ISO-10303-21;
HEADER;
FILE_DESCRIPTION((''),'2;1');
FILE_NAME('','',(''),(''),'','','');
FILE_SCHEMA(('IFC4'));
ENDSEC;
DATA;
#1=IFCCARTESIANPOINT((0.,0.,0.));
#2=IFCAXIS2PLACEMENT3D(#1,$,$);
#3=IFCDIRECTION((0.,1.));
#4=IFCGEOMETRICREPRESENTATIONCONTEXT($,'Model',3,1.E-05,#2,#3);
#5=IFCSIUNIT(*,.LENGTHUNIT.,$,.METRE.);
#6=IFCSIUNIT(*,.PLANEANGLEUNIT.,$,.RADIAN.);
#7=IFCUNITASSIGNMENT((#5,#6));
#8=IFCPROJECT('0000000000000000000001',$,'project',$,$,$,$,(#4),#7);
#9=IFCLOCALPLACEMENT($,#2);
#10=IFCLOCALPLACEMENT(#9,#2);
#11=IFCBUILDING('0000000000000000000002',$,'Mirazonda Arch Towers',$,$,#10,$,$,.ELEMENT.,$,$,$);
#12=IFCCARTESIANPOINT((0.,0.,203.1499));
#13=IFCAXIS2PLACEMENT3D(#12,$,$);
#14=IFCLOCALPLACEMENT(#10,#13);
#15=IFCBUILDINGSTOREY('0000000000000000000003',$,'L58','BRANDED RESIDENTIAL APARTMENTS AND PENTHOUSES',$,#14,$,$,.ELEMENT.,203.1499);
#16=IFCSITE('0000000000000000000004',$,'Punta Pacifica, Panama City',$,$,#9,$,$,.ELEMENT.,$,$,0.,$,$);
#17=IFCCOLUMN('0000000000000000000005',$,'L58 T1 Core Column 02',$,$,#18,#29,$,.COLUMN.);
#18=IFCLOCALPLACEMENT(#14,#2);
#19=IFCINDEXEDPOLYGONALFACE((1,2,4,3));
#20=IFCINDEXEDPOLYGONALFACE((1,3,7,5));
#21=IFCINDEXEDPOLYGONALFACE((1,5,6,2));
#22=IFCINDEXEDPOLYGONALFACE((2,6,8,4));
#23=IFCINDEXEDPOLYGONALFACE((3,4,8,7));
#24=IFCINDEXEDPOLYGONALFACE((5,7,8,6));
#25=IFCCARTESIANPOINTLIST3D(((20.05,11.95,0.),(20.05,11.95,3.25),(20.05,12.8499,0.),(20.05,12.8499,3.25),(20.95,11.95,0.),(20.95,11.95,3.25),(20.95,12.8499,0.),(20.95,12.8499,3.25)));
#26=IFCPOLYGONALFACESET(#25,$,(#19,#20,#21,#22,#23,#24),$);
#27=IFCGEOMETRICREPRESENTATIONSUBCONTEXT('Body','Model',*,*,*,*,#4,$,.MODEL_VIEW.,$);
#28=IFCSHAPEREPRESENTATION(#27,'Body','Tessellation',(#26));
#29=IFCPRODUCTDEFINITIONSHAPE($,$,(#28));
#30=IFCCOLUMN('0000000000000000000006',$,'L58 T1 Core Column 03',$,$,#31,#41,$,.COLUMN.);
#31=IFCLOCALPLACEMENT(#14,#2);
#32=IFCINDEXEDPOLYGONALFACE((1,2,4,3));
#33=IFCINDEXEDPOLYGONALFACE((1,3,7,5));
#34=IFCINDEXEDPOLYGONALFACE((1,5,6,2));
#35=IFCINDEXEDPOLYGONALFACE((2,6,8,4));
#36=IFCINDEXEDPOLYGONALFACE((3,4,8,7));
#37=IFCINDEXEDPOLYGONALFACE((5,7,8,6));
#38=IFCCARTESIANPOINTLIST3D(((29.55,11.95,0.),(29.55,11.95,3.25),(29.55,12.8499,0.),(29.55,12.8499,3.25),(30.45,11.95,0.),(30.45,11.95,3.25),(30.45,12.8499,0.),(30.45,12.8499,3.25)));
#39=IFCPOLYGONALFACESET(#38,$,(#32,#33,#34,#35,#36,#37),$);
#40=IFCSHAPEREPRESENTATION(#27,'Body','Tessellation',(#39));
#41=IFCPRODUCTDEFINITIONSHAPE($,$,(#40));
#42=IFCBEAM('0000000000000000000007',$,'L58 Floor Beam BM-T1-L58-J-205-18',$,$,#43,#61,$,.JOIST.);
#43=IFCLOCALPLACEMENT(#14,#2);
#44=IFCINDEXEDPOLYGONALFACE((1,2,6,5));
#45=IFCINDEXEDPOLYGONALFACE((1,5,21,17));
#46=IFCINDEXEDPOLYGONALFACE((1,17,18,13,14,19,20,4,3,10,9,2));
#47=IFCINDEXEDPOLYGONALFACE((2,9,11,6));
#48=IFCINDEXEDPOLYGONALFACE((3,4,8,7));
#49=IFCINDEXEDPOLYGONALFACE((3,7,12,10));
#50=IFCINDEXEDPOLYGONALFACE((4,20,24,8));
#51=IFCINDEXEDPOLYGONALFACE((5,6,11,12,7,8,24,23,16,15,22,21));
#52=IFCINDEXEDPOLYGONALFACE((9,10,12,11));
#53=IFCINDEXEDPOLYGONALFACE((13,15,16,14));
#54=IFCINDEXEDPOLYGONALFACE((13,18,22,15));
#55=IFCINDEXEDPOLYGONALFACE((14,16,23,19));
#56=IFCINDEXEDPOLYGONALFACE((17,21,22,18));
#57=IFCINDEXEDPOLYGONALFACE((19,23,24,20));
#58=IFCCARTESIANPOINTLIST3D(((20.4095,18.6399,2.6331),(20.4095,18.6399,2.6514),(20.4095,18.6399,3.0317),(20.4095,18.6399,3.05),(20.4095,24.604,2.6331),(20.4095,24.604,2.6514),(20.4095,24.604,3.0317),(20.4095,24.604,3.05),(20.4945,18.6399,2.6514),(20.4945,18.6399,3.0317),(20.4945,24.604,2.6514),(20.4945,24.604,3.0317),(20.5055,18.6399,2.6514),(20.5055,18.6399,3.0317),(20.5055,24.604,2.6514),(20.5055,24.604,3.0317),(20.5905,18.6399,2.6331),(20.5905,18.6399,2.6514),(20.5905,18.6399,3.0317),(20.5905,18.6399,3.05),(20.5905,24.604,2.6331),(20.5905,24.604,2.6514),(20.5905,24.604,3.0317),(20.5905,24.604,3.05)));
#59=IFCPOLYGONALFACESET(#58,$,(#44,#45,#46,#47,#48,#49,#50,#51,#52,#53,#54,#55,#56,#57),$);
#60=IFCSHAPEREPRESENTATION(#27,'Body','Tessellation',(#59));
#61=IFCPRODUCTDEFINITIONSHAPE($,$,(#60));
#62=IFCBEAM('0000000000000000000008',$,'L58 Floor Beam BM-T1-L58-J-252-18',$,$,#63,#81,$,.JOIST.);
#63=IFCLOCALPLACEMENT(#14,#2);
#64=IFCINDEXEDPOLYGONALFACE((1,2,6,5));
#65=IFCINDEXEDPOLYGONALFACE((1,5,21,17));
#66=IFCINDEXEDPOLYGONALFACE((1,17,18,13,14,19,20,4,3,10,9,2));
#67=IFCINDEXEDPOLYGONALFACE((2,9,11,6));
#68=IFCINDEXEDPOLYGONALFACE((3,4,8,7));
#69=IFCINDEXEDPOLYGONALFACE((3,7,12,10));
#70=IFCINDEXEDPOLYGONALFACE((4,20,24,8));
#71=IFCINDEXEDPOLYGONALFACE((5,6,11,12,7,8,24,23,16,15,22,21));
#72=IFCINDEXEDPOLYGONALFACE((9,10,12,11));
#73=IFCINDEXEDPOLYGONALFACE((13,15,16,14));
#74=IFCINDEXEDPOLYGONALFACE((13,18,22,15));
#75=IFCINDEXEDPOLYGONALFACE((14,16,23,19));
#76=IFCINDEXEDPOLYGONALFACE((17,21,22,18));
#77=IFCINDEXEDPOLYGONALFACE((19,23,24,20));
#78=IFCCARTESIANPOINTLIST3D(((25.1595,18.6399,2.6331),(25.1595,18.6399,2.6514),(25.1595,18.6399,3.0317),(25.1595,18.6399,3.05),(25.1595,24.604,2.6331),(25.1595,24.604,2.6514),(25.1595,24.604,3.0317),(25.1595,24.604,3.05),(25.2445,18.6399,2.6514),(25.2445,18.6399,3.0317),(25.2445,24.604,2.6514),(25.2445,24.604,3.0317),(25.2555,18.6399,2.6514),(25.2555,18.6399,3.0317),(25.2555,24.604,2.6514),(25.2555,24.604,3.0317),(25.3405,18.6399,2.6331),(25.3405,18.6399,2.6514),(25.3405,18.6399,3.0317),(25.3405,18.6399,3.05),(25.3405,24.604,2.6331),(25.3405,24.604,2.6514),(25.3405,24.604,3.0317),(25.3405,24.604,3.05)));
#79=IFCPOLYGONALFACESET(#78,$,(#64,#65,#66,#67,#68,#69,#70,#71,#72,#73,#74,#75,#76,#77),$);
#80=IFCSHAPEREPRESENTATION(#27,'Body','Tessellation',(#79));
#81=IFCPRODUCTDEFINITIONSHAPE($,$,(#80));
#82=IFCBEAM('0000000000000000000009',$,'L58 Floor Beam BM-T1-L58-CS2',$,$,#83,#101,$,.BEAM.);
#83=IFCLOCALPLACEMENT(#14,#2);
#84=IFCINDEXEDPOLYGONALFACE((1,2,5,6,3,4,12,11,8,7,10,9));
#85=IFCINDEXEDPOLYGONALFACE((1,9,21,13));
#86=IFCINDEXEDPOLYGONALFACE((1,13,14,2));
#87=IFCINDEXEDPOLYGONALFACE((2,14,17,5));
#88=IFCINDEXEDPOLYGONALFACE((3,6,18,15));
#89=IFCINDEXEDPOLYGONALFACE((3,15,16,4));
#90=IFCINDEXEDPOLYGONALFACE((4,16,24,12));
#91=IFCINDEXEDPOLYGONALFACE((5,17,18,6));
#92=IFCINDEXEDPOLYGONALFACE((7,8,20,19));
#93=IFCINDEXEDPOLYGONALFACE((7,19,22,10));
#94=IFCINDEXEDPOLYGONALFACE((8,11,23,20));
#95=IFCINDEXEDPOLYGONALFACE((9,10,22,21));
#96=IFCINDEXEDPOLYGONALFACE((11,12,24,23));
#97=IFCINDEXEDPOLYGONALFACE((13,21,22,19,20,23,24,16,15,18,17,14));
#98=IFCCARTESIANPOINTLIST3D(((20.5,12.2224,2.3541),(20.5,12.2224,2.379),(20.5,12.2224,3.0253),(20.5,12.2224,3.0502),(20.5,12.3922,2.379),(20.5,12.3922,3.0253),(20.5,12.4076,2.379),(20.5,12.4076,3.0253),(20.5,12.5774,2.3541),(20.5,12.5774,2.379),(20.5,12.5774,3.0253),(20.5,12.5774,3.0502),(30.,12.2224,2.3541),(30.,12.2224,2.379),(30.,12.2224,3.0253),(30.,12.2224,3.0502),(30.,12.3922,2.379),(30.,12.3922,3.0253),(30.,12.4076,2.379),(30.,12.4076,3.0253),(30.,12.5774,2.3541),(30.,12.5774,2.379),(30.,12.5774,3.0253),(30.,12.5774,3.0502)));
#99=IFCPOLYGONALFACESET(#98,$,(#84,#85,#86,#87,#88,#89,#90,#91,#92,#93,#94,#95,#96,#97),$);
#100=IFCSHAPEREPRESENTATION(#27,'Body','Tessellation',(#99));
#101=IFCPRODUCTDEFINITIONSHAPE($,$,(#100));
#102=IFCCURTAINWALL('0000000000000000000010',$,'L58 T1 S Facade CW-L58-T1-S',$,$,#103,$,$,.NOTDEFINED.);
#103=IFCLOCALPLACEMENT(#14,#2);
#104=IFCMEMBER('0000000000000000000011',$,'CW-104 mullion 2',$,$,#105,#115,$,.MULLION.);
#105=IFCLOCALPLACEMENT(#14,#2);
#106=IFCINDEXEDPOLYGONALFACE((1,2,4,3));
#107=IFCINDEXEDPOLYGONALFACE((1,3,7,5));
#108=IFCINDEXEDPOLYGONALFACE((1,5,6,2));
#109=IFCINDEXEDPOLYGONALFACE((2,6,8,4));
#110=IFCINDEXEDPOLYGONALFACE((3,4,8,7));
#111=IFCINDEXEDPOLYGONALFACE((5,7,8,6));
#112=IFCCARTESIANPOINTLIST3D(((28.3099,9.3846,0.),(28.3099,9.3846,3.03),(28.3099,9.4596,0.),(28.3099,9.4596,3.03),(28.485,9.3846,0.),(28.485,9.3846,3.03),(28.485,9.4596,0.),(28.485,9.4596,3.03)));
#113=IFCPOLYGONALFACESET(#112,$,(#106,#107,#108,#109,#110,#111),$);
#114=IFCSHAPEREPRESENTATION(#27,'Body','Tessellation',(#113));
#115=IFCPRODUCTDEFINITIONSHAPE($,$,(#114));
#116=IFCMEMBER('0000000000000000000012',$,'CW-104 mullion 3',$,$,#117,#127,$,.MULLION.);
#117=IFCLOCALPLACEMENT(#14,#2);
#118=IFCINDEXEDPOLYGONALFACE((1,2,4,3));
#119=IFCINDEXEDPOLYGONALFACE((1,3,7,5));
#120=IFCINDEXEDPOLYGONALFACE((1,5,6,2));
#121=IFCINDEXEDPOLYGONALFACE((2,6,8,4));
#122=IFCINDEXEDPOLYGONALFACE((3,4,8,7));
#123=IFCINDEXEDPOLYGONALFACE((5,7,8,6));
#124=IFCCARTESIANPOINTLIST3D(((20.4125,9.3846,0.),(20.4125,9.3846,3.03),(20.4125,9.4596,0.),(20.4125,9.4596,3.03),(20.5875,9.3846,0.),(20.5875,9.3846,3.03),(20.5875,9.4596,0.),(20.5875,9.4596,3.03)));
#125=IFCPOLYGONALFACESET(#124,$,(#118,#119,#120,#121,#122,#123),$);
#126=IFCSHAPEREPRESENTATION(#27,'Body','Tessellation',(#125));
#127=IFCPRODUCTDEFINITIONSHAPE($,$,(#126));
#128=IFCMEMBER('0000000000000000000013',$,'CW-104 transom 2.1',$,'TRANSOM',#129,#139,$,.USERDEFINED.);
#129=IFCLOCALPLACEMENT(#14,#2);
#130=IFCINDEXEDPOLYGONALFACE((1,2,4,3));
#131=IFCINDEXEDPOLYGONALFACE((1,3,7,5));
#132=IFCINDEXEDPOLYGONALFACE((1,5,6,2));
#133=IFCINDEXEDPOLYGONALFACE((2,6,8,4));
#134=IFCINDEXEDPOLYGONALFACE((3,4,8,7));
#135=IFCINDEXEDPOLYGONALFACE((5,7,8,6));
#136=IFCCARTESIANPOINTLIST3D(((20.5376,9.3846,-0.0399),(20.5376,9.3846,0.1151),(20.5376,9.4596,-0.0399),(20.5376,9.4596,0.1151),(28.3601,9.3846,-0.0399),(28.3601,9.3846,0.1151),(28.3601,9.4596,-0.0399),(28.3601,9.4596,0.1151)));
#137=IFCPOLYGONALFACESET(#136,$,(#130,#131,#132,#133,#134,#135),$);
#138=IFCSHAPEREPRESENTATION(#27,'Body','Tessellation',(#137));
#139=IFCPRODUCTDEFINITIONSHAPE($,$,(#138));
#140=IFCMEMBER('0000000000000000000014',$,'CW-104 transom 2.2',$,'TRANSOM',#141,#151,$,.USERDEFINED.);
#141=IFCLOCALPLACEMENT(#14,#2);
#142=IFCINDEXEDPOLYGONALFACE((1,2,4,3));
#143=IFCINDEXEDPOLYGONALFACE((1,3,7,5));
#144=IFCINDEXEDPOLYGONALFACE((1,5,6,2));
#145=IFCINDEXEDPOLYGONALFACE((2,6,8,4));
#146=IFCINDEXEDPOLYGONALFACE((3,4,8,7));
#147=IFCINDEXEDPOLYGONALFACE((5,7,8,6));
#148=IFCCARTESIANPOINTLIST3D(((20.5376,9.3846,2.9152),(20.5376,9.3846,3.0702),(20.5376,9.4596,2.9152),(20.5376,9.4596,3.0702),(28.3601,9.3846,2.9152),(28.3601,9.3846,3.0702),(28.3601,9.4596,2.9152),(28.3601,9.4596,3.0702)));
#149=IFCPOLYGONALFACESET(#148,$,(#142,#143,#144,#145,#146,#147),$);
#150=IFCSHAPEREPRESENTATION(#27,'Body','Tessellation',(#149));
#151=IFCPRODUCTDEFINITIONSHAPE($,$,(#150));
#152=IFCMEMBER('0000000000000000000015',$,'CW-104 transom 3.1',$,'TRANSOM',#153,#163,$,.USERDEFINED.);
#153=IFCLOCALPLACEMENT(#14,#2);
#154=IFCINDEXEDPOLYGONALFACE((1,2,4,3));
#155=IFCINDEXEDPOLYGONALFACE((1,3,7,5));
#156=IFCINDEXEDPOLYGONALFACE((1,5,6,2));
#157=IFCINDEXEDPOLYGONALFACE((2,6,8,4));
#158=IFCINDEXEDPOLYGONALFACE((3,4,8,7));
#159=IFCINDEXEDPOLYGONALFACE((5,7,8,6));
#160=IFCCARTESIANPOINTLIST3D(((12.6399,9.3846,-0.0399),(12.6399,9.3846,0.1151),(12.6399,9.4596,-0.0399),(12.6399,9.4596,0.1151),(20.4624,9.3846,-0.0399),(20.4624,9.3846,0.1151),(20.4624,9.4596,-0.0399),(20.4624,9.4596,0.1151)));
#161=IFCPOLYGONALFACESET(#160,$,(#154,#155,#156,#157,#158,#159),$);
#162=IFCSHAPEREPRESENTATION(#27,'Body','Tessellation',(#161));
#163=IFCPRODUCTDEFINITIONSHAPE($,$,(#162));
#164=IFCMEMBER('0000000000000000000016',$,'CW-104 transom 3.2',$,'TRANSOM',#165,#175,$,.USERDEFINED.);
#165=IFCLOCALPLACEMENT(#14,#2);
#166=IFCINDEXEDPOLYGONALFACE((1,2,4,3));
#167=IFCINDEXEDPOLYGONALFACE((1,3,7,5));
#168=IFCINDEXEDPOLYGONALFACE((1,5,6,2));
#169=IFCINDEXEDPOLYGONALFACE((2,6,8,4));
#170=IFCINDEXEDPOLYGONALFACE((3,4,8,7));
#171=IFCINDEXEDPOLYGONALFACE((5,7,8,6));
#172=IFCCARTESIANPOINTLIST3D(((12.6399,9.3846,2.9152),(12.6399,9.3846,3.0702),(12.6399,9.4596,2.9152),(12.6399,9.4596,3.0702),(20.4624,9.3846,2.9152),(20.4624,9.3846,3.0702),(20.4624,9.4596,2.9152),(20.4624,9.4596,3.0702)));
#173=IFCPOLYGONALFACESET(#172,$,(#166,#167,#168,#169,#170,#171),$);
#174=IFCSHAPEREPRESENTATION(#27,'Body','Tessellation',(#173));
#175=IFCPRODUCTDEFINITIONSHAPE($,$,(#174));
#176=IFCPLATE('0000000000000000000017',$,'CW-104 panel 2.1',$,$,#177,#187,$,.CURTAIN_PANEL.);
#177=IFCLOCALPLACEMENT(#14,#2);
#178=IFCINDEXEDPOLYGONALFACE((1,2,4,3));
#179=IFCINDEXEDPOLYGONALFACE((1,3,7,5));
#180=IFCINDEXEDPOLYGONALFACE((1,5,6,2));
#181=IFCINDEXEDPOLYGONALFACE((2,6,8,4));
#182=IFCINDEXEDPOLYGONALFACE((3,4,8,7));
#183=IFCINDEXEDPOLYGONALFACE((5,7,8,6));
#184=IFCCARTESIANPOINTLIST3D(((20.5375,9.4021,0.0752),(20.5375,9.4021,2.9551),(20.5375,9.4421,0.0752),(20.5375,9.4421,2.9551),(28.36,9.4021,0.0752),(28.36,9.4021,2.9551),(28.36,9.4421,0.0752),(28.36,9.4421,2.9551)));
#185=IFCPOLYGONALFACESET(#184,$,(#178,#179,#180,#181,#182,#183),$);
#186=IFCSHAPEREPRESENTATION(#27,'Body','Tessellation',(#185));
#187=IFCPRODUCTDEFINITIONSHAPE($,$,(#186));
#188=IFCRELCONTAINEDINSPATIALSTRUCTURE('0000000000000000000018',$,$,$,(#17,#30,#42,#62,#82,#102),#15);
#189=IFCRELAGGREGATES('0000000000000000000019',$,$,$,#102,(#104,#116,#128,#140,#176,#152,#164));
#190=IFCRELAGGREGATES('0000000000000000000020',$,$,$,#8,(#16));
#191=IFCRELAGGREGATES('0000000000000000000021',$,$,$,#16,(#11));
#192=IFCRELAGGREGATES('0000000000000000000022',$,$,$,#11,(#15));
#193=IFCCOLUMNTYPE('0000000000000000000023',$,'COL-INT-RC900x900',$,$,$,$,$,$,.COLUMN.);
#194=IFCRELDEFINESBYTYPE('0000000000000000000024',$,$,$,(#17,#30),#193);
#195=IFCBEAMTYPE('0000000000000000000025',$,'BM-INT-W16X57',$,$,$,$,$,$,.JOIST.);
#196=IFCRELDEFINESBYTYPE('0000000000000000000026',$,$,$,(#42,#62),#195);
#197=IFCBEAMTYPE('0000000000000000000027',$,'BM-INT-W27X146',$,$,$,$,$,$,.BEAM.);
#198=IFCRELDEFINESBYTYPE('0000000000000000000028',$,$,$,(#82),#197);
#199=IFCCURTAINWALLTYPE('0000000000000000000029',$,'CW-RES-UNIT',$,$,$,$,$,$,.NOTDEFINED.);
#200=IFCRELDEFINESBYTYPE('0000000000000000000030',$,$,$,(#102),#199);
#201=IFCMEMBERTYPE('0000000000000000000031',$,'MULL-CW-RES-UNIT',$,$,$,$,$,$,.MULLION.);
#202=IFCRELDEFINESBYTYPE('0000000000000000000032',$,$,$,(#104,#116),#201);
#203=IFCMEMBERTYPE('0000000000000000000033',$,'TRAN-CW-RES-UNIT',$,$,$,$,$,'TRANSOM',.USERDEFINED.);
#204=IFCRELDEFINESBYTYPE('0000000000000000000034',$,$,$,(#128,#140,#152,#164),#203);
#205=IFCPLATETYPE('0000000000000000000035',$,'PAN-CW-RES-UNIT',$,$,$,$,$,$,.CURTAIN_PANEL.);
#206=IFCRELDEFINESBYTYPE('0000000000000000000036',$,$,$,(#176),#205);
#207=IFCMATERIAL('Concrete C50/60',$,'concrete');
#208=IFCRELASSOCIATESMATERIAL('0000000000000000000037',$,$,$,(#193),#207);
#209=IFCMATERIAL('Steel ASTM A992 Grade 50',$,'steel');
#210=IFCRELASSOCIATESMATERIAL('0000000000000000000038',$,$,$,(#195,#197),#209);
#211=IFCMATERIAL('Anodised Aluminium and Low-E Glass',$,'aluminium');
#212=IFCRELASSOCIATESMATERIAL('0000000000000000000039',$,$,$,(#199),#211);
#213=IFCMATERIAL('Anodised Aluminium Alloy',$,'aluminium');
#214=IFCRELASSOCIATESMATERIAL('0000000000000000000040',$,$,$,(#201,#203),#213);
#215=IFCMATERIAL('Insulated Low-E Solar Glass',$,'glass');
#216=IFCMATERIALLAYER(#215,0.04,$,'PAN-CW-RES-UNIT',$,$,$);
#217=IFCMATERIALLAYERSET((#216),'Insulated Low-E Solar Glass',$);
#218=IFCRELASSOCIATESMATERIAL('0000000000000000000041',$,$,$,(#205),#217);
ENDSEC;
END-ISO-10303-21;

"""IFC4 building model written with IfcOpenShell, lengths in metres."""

from ifc_helpers import new_model, si_unit, direction, frame, origin, origin_2d, place, context, subcontext, project, spatial, rectangle, i_section, extrude, material, layer, layer_set, material_profile, profile_set, type_object, element, aggregate, save


model = new_model("IFC4")

# Units and contexts
model_context = context("Model", 3, precision=1e-05, world=origin(), true_north=direction((0.0, 1.0)))
body_context = subcontext(model_context, "Body", "Model", "MODEL_VIEW")
ifc_project = project(units=[si_unit("LENGTHUNIT", "METRE"), si_unit("PLANEANGLEUNIT", "RADIAN")], contexts=[model_context])

# Site, building, storey
site_placement = place(None, origin())
site = spatial("IfcSite", under=ifc_project, at=site_placement, Name="Punta Pacifica, Panama City", CompositionType="ELEMENT", RefElevation=0.0)
building_placement = place(site_placement, origin())
building = spatial("IfcBuilding", under=site, at=building_placement, Name="Mirazonda Arch Towers", CompositionType="ELEMENT")
storey_placement = place(building_placement, frame((0.0, 0.0, 203.1499)))
storey = spatial("IfcBuildingStorey", under=building, at=storey_placement, Name="L58", Description="BRANDED RESIDENTIAL APARTMENTS AND PENTHOUSES", CompositionType="ELEMENT", Elevation=203.1499)

# Columns
ifc_material_1 = material(Name="Concrete C50/60", Category="concrete")
ifc_material_profile_1 = material_profile(ifc_material_1, rectangle(XDim=0.8999, YDim=0.8999, at=origin_2d()), Name="RC900x900")
ifc_profile_set_1 = profile_set([ifc_material_profile_1], Name="Concrete C50/60")
column_type = type_object("IfcColumnType", Name="COL-INT-RC900x900", PredefinedType="COLUMN", material=ifc_profile_set_1)
for number, where, z_axis, x_axis, name in (
    (1, (20.5, 12.3999, 0.0), (0.0, 0.0, 1.0), (1.0, 0.0, 0.0), "L58 T1 Core Column 02"),
    (2, (30.0, 12.3999, 0.0), (0.0, 0.0, 1.0), (1.0, 0.0, 0.0), "L58 T1 Core Column 03"),
):
    element("IfcColumn", number, at=place(storey_placement, frame(where, z_axis=z_axis, x_axis=x_axis)), inside=storey, type_object=column_type, Name=name, PredefinedType="COLUMN", context=body_context, shape_type="SweptSolid", body=[
        extrude(rectangle(XDim=0.8999, YDim=0.8999, at=origin_2d()), origin(), (0.0, 0.0, 1.0), 3.25),
    ])

# Beams
ifc_material_2 = material(Name="Steel ASTM A992 Grade 50", Category="steel")
ifc_material_profile_2 = material_profile(ifc_material_2, i_section(OverallWidth=0.1809, OverallDepth=0.417, WebThickness=0.011, FlangeThickness=0.0183, at=origin_2d()), Name="W16X57")
ifc_profile_set_2 = profile_set([ifc_material_profile_2], Name="Steel ASTM A992 Grade 50")
beam_type_1 = type_object("IfcBeamType", Name="BM-INT-W16X57", PredefinedType="JOIST", material=ifc_profile_set_2)
for number, where, z_axis, x_axis, name in (
    (3, (20.5, 18.6399, 2.8416), (0.0, 1.0, 0.0), (-1.0, 0.0, 0.0), "L58 Floor Beam BM-T1-L58-J-205-18"),
    (4, (25.25, 18.6399, 2.8416), (0.0, 1.0, 0.0), (-1.0, 0.0, 0.0), "L58 Floor Beam BM-T1-L58-J-252-18"),
):
    element("IfcBeam", number, at=place(storey_placement, frame(where, z_axis=z_axis, x_axis=x_axis)), inside=storey, type_object=beam_type_1, Name=name, PredefinedType="JOIST", context=body_context, shape_type="SweptSolid", body=[
        extrude(i_section(OverallWidth=0.1809, OverallDepth=0.417, WebThickness=0.011, FlangeThickness=0.0183, at=origin_2d()), origin(), (0.0, 0.0, 1.0), 5.9641),
    ])
ifc_material_profile_3 = material_profile(ifc_material_2, i_section(OverallWidth=0.355, OverallDepth=0.696, WebThickness=0.0154, FlangeThickness=0.0249, at=origin_2d()), Name="W27X146")
ifc_profile_set_3 = profile_set([ifc_material_profile_3], Name="Steel ASTM A992 Grade 50")
beam_type_2 = type_object("IfcBeamType", Name="BM-INT-W27X146", PredefinedType="BEAM", material=ifc_profile_set_3)
beam_placement = place(storey_placement, frame((20.5, 12.3999, 2.7021), z_axis=(1.0, 0.0, 0.0), x_axis=(0.0, 1.0, 0.0)))
element("IfcBeam", 5, at=beam_placement, inside=storey, type_object=beam_type_2, Name="L58 Floor Beam BM-T1-L58-CS2", PredefinedType="BEAM", context=body_context, shape_type="SweptSolid", body=[
    extrude(i_section(OverallWidth=0.355, OverallDepth=0.696, WebThickness=0.0154, FlangeThickness=0.0249, at=origin_2d()), origin(), (0.0, 0.0, 1.0), 9.5),
])

# Curtain wall, members, plate
ifc_material_3 = material(Name="Anodised Aluminium and Low-E Glass", Category="aluminium")
curtain_wall_type = type_object("IfcCurtainWallType", Name="CW-RES-UNIT", PredefinedType="NOTDEFINED", material=ifc_material_3)
curtain_wall_placement = place(storey_placement, origin())
curtain_wall = element("IfcCurtainWall", 6, at=curtain_wall_placement, inside=storey, type_object=curtain_wall_type, Name="L58 T1 S Facade CW-L58-T1-S", PredefinedType="NOTDEFINED")
ifc_material_4 = material(Name="Anodised Aluminium Alloy", Category="aluminium")
ifc_material_profile_4 = material_profile(ifc_material_4, rectangle(XDim=0.075, YDim=0.175, at=origin_2d()), Name="ALU-MULL-75x175")
ifc_profile_set_4 = profile_set([ifc_material_profile_4], Name="Anodised Aluminium Alloy")
member_type_1 = type_object("IfcMemberType", Name="MULL-CW-RES-UNIT", PredefinedType="MULLION", material=ifc_profile_set_4)
member_1_placement = place(storey_placement, frame((28.3975, 9.4221, 0.0), z_axis=(0.0, 0.0, 1.0), x_axis=(0.0, -1.0, 0.0)))
member_1 = element("IfcMember", 7, at=member_1_placement, type_object=member_type_1, Name="CW-104 mullion 2", PredefinedType="MULLION", context=body_context, shape_type="SweptSolid", body=[
    extrude(rectangle(XDim=0.075, YDim=0.175, at=origin_2d()), origin(), (0.0, 0.0, 1.0), 3.03),
])
member_2_placement = place(storey_placement, frame((20.5, 9.4221, 0.0), z_axis=(0.0, 0.0, 1.0), x_axis=(0.0, -1.0, 0.0)))
member_2 = element("IfcMember", 8, at=member_2_placement, type_object=member_type_1, Name="CW-104 mullion 3", PredefinedType="MULLION", context=body_context, shape_type="SweptSolid", body=[
    extrude(rectangle(XDim=0.075, YDim=0.175, at=origin_2d()), origin(), (0.0, 0.0, 1.0), 3.03),
])
ifc_material_profile_5 = material_profile(ifc_material_4, rectangle(XDim=0.075, YDim=0.155, at=origin_2d()), Name="ALU-TRAN-75x155")
ifc_profile_set_5 = profile_set([ifc_material_profile_5], Name="Anodised Aluminium Alloy")
member_type_2 = type_object("IfcMemberType", Name="TRAN-CW-RES-UNIT", ElementType="TRANSOM", PredefinedType="USERDEFINED", material=ifc_profile_set_5)
member_3_placement = place(storey_placement, frame((28.3601, 9.4221, 0.0376), z_axis=(-1.0, 0.0, 0.0), x_axis=(0.0, -1.0, 0.0)))
member_3 = element("IfcMember", 9, at=member_3_placement, type_object=member_type_2, Name="CW-104 transom 2.1", ObjectType="TRANSOM", PredefinedType="USERDEFINED", context=body_context, shape_type="SweptSolid", body=[
    extrude(rectangle(XDim=0.075, YDim=0.155, at=origin_2d()), origin(), (0.0, 0.0, 1.0), 7.8225),
])
member_4_placement = place(storey_placement, frame((28.3601, 9.4221, 2.9927), z_axis=(-1.0, 0.0, 0.0), x_axis=(0.0, -1.0, 0.0)))
member_4 = element("IfcMember", 10, at=member_4_placement, type_object=member_type_2, Name="CW-104 transom 2.2", ObjectType="TRANSOM", PredefinedType="USERDEFINED", context=body_context, shape_type="SweptSolid", body=[
    extrude(rectangle(XDim=0.075, YDim=0.155, at=origin_2d()), origin(), (0.0, 0.0, 1.0), 7.8225),
])
member_5_placement = place(storey_placement, frame((20.4624, 9.4221, 0.0376), z_axis=(-1.0, 0.0, 0.0), x_axis=(0.0, -1.0, 0.0)))
member_5 = element("IfcMember", 11, at=member_5_placement, type_object=member_type_2, Name="CW-104 transom 3.1", ObjectType="TRANSOM", PredefinedType="USERDEFINED", context=body_context, shape_type="SweptSolid", body=[
    extrude(rectangle(XDim=0.075, YDim=0.155, at=origin_2d()), origin(), (0.0, 0.0, 1.0), 7.8225),
])
member_6_placement = place(storey_placement, frame((20.4624, 9.4221, 2.9927), z_axis=(-1.0, 0.0, 0.0), x_axis=(0.0, -1.0, 0.0)))
member_6 = element("IfcMember", 12, at=member_6_placement, type_object=member_type_2, Name="CW-104 transom 3.2", ObjectType="TRANSOM", PredefinedType="USERDEFINED", context=body_context, shape_type="SweptSolid", body=[
    extrude(rectangle(XDim=0.075, YDim=0.155, at=origin_2d()), origin(), (0.0, 0.0, 1.0), 7.8225),
])
ifc_material_5 = material(Name="Insulated Low-E Solar Glass", Category="glass")
ifc_layer_1 = layer(ifc_material_5, 0.04, Name="PAN-CW-RES-UNIT")
ifc_layer_set_1 = layer_set([ifc_layer_1], Name="Insulated Low-E Solar Glass")
plate_type = type_object("IfcPlateType", Name="PAN-CW-RES-UNIT", PredefinedType="CURTAIN_PANEL", material=ifc_layer_set_1)
plate_1_placement = place(storey_placement, frame((24.4487, 9.4221, 0.0752), z_axis=(0.0, 0.0, 1.0), x_axis=(-1.0, 0.0, 0.0)))
plate_1 = element("IfcPlate", 13, at=plate_1_placement, type_object=plate_type, Name="CW-104 panel 2.1", PredefinedType="CURTAIN_PANEL", context=body_context, shape_type="SweptSolid", body=[
    extrude(rectangle(XDim=7.8225, YDim=0.04, at=origin_2d()), origin(), (0.0, 0.0, 1.0), 2.8799),
])
aggregate(curtain_wall, [member_1, member_2, member_3, member_4, plate_1, member_5, member_6])

save(model, "model.ifc")
